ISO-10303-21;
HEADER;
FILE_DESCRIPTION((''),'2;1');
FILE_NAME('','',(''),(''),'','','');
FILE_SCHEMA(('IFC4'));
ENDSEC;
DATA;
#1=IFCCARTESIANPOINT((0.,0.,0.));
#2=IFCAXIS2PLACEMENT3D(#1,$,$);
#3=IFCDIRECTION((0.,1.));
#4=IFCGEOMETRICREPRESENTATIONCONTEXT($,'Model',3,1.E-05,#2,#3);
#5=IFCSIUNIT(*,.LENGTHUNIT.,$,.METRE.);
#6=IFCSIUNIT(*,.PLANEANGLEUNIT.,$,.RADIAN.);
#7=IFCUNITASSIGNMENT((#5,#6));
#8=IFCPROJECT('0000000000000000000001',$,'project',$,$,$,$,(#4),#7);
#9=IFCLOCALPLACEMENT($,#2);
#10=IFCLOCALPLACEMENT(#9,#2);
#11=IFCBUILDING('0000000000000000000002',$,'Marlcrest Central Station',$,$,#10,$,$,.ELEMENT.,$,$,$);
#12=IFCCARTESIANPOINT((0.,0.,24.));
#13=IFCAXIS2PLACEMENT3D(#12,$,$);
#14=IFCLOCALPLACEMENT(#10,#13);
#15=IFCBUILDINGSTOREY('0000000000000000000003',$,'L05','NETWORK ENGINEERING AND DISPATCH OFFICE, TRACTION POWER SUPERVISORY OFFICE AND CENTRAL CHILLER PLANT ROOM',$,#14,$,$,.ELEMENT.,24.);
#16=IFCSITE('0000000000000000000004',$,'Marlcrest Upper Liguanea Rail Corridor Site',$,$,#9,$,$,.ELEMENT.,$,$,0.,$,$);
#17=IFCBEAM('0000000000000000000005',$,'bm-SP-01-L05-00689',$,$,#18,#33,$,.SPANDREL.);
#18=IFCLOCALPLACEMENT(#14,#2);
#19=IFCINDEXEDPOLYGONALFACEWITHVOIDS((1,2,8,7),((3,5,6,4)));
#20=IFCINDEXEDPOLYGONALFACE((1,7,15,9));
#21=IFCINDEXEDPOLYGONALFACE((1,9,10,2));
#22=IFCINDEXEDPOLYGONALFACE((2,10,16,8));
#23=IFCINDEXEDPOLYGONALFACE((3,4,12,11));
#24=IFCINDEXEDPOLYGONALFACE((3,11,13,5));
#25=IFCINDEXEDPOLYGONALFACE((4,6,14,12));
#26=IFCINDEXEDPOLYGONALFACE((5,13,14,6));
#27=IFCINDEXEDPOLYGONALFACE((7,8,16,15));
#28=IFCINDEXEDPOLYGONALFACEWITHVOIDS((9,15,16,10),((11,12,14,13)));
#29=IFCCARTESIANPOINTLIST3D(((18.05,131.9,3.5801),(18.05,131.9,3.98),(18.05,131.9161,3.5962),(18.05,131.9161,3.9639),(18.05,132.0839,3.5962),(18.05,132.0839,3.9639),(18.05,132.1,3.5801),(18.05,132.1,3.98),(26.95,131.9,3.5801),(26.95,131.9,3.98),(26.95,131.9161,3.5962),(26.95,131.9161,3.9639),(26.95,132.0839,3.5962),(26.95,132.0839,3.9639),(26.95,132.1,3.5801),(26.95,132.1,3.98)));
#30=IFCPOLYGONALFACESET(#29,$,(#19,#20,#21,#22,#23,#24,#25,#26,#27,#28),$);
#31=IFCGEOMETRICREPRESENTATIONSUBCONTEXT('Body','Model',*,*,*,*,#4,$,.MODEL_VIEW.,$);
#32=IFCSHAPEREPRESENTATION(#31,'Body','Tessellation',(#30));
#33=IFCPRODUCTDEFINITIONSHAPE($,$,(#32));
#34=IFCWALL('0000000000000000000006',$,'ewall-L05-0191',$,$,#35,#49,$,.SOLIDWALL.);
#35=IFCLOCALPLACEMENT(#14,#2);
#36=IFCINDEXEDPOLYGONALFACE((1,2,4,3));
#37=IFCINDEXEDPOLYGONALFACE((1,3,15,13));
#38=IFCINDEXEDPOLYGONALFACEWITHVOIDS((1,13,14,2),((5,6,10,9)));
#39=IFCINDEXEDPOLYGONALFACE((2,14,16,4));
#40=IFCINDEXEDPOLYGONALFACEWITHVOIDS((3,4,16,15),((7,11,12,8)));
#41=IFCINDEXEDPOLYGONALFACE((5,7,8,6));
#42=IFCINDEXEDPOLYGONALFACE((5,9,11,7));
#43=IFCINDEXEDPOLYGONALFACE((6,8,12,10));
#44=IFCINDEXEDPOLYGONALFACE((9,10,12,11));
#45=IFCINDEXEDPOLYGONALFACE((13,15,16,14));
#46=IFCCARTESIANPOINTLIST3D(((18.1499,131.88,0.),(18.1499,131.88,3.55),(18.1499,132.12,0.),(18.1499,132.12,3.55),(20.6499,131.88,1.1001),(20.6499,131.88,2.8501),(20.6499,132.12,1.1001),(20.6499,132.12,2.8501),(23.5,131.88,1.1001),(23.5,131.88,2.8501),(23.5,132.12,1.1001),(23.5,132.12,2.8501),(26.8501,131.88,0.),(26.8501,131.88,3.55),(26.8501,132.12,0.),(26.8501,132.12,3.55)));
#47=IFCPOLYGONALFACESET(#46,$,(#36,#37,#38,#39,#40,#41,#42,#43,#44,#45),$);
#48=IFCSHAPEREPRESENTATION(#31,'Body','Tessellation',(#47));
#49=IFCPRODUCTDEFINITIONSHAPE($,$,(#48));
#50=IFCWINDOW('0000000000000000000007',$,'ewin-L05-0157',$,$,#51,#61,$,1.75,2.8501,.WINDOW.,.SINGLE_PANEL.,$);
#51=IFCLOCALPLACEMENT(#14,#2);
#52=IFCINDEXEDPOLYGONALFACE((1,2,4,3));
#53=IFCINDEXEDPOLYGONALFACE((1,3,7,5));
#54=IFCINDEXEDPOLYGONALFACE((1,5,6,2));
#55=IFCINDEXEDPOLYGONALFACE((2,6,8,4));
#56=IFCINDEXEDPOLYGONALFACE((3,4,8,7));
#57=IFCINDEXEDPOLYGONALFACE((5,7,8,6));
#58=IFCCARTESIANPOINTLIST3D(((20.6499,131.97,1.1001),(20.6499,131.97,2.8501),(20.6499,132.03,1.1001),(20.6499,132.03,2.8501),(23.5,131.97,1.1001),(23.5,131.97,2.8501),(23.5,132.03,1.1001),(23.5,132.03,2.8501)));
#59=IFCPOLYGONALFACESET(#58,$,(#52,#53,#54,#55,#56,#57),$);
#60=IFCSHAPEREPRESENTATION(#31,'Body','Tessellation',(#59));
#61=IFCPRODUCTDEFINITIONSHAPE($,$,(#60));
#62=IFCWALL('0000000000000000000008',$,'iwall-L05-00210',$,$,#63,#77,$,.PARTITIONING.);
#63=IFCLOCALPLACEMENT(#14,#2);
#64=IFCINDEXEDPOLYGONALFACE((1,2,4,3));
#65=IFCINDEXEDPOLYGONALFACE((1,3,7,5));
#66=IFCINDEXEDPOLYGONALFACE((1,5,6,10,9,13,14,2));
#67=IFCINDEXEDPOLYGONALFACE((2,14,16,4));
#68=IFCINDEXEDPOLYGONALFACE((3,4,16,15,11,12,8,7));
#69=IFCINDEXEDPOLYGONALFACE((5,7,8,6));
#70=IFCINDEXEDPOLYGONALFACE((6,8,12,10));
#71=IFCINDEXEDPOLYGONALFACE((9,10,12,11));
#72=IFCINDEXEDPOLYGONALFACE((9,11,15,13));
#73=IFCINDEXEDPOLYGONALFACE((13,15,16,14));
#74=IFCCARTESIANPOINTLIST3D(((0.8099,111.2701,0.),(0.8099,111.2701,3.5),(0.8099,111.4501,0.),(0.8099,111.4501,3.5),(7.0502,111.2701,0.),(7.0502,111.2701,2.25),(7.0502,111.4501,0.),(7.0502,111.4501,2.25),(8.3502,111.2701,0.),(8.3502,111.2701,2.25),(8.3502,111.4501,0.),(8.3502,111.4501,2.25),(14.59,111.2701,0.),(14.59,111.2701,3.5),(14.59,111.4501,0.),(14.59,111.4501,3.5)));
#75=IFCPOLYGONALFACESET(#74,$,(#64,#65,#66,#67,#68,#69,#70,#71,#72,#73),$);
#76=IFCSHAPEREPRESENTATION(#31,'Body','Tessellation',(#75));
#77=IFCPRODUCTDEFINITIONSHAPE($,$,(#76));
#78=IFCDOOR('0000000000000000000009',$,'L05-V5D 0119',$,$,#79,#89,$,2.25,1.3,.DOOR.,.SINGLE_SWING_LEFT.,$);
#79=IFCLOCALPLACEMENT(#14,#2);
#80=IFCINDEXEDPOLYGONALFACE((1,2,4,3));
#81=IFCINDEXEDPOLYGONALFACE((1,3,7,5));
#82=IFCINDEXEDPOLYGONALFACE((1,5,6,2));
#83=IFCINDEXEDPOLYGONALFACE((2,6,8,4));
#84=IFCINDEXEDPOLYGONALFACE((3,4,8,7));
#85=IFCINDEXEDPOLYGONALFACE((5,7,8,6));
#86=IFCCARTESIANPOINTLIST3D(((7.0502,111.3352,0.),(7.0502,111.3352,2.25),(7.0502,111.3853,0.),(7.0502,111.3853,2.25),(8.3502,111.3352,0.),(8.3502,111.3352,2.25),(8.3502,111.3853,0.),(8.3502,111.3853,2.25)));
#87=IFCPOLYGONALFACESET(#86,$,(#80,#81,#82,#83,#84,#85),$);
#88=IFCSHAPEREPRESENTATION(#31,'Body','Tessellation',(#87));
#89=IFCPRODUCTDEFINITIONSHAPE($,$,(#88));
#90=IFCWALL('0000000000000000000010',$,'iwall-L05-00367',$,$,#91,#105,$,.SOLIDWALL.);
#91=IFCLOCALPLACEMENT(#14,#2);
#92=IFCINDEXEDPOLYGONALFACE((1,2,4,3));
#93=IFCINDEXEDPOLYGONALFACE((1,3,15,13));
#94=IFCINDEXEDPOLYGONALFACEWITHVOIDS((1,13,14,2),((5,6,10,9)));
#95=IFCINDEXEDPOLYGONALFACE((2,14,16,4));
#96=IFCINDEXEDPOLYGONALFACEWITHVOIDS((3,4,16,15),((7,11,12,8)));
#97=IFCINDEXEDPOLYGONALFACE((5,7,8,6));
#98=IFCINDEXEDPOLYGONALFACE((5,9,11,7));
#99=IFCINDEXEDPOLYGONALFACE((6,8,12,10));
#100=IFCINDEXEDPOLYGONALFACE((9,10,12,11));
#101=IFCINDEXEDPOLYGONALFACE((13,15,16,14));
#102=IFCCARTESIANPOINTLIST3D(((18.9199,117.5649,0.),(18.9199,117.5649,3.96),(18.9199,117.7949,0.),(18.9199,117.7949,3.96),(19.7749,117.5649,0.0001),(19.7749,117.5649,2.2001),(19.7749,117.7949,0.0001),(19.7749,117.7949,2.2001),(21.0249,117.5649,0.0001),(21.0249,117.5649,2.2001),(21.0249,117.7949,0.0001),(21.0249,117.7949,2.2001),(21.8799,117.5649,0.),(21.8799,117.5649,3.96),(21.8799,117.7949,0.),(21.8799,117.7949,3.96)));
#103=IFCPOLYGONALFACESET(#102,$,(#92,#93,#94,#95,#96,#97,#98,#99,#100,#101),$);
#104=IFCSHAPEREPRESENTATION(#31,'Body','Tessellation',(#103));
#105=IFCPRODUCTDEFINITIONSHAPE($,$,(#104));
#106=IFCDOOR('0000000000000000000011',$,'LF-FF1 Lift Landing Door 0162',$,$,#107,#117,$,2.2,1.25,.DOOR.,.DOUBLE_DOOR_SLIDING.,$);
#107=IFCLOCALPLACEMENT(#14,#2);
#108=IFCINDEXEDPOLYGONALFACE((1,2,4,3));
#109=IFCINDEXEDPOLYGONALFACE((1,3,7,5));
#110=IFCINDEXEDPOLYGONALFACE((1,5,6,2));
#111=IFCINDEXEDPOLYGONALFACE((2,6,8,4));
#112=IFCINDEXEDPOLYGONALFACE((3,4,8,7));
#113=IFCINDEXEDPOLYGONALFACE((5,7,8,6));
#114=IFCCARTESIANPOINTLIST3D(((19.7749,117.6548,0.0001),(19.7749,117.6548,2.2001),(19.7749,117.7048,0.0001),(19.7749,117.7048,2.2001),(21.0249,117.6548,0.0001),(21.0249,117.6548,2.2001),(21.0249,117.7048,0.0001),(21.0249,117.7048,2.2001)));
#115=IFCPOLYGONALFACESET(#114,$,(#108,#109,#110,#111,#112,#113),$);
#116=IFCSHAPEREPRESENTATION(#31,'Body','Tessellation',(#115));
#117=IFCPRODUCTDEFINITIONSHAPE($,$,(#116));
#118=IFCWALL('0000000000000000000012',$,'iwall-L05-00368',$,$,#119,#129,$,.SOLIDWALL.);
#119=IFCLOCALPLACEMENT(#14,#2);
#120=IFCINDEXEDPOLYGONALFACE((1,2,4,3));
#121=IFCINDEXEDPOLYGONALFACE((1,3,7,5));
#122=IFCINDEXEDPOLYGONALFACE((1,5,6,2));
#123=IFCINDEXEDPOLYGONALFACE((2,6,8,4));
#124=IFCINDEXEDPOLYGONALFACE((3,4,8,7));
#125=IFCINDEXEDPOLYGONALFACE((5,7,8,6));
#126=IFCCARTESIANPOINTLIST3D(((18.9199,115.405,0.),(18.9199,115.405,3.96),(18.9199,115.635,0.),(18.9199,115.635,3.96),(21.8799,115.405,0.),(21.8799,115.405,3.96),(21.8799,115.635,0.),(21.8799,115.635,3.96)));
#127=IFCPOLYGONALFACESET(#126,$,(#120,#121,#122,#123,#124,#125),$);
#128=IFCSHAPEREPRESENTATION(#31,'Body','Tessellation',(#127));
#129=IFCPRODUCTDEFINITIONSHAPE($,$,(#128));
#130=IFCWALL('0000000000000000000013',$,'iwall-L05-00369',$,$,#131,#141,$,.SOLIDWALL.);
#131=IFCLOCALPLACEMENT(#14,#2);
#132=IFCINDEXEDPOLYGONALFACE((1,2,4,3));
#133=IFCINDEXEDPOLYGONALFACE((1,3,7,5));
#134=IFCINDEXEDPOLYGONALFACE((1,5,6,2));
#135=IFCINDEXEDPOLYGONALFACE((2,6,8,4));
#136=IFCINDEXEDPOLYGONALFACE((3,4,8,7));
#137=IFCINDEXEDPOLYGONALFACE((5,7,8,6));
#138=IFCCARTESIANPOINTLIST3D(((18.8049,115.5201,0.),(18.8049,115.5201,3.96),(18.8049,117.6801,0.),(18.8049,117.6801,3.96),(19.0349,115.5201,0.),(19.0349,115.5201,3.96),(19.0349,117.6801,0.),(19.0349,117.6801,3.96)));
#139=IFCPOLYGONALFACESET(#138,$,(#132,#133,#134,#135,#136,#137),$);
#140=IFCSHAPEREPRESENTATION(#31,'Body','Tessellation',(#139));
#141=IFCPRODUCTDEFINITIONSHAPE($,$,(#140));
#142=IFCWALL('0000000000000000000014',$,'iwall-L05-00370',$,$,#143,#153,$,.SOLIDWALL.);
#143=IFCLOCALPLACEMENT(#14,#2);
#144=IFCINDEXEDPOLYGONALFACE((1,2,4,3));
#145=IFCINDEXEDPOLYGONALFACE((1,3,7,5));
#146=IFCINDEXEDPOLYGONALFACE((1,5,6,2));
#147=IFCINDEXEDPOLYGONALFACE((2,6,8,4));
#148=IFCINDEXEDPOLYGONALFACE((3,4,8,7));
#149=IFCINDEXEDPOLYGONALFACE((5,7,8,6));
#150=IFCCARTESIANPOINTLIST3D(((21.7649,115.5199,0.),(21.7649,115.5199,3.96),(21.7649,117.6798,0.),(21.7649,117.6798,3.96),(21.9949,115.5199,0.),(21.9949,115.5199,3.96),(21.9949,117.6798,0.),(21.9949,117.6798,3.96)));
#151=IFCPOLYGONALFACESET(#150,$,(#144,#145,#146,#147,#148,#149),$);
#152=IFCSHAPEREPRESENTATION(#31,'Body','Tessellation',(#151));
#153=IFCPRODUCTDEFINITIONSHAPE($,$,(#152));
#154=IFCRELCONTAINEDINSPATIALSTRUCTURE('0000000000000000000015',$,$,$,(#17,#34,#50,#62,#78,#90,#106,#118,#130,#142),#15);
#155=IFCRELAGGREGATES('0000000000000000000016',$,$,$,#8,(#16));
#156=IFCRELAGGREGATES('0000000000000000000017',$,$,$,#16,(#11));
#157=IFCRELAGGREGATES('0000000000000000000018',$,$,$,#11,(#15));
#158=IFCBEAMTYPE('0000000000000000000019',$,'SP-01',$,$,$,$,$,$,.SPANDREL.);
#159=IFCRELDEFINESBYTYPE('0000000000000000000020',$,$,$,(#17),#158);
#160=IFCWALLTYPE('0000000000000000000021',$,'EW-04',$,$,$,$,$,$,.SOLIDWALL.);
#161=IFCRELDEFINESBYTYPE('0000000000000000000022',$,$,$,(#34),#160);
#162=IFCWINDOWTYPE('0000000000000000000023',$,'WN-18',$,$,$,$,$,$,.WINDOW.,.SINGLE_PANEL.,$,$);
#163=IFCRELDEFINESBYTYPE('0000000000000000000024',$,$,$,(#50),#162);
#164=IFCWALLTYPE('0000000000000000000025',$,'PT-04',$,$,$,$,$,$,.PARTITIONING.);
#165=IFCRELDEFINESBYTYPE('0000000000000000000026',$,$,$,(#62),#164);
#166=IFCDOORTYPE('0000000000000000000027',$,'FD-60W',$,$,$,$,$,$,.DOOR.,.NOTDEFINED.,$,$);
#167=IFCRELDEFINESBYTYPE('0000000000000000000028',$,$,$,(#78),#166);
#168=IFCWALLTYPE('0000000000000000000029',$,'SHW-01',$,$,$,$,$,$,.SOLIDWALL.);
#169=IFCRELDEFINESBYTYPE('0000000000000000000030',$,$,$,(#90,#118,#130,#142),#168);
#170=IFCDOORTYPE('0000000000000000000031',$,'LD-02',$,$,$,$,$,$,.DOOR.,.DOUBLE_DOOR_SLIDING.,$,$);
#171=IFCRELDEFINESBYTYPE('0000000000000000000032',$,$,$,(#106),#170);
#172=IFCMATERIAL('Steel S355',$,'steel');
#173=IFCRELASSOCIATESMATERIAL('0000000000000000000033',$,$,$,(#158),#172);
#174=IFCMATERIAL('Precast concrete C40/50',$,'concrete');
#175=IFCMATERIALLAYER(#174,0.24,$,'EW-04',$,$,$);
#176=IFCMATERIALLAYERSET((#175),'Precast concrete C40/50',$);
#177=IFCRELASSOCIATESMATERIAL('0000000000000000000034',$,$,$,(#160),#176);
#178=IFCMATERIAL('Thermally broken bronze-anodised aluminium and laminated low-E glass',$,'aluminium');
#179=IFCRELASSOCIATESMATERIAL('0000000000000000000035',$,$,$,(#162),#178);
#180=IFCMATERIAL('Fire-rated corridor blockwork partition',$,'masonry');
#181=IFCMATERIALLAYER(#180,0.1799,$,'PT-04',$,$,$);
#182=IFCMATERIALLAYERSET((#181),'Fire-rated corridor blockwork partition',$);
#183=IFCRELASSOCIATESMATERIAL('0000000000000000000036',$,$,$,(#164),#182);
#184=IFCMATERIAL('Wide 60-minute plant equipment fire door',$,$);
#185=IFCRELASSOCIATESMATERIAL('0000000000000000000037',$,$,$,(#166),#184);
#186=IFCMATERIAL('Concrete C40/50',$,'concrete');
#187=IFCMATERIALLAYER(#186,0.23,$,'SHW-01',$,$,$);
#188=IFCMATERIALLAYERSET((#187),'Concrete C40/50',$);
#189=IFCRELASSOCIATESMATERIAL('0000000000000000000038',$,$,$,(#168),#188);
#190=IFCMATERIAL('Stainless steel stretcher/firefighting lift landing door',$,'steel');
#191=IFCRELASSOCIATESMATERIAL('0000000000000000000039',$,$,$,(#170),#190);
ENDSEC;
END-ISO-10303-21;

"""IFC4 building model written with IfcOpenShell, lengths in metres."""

from ifc_helpers import new_model, si_unit, direction, frame, frame_2d, origin, origin_2d, place, context, subcontext, project, spatial, rectangle, hollow_rectangle, extrude, material, layer, layer_set, material_profile, profile_set, type_object, element, fill, save


model = new_model("IFC4")

# Units and contexts
model_context = context("Model", 3, precision=1e-05, world=origin(), true_north=direction((0.0, 1.0)))
body_context = subcontext(model_context, "Body", "Model", "MODEL_VIEW")
ifc_project = project(units=[si_unit("LENGTHUNIT", "METRE"), si_unit("PLANEANGLEUNIT", "RADIAN")], contexts=[model_context])

# Site, building, storey
site_placement = place(None, origin())
site = spatial("IfcSite", under=ifc_project, at=site_placement, Name="Marlcrest Upper Liguanea Rail Corridor Site", CompositionType="ELEMENT", RefElevation=0.0)
building_placement = place(site_placement, origin())
building = spatial("IfcBuilding", under=site, at=building_placement, Name="Marlcrest Central Station", CompositionType="ELEMENT")
storey_placement = place(building_placement, frame((0.0, 0.0, 24.0)))
storey = spatial("IfcBuildingStorey", under=building, at=storey_placement, Name="L05", Description="NETWORK ENGINEERING AND DISPATCH OFFICE, TRACTION POWER SUPERVISORY OFFICE AND CENTRAL CHILLER PLANT ROOM", CompositionType="ELEMENT", Elevation=24.0)

# Shared definitions
ifc_material_1 = material(Name="Steel S355", Category="steel")

# Beam
ifc_material_profile_1 = material_profile(ifc_material_1, hollow_rectangle(XDim=0.2, YDim=0.3999, WallThickness=0.0161, at=origin_2d()), Name="RHS 400x200x16")
ifc_profile_set_1 = profile_set([ifc_material_profile_1], Name="Steel S355")
beam_type_1 = type_object("IfcBeamType", Name="SP-01", PredefinedType="SPANDREL", material=ifc_profile_set_1)
beam_1_placement = place(storey_placement, frame((18.05, 132.0, 3.78), z_axis=(1.0, 0.0, 0.0), x_axis=(0.0, 1.0, 0.0)))
element("IfcBeam", 1, at=beam_1_placement, inside=storey, type_object=beam_type_1, Name="bm-SP-01-L05-00689", PredefinedType="SPANDREL", context=body_context, shape_type="SweptSolid", body=[
    extrude(hollow_rectangle(XDim=0.2, YDim=0.3999, WallThickness=0.0161, at=origin_2d()), origin(), (0.0, 0.0, 1.0), 8.8999),
])

# Wall, opening, window
ifc_material_2 = material(Name="Precast concrete C40/50", Category="concrete")
ifc_layer_1 = layer(ifc_material_2, 0.24, Name="EW-04")
ifc_layer_set_1 = layer_set([ifc_layer_1], Name="Precast concrete C40/50")
wall_type_1 = type_object("IfcWallType", Name="EW-04", PredefinedType="SOLIDWALL", material=ifc_layer_set_1)
wall_1_placement = place(storey_placement, frame((18.1499, 132.0, 0.0), z_axis=(0.0, 0.0, 1.0), x_axis=(1.0, 0.0, 0.0)))
wall_1 = element("IfcWall", 2, at=wall_1_placement, inside=storey, type_object=wall_type_1, Name="ewall-L05-0191", PredefinedType="SOLIDWALL", context=body_context, shape_type="SweptSolid", body=[
    extrude(rectangle(XDim=8.7002, YDim=0.24, at=frame_2d((4.3501, 0.0))), origin(), (0.0, 0.0, 1.0), 3.55),
])
opening_1_placement = place(wall_1_placement, frame((2.5, 0.0, 1.1001)))
opening_1 = element("IfcOpeningElement", 3, at=opening_1_placement, cuts=wall_1, PredefinedType="OPENING", context=body_context, shape_type="SweptSolid", body=[
    extrude(rectangle(XDim=2.8501, YDim=1.75, at=frame_2d((1.425, 0.875))), frame((0.0, 0.1299, 0.0), z_axis=(0.0, -1.0, 0.0), x_axis=(1.0, 0.0, 0.0)), (0.0, 0.0, 1.0), 0.26),
])
ifc_material_3 = material(Name="Thermally broken bronze-anodised aluminium and laminated low-E glass", Category="aluminium")
window_type = type_object("IfcWindowType", Name="WN-18", PartitioningType="SINGLE_PANEL", PredefinedType="WINDOW", material=ifc_material_3)
window_placement = place(opening_1_placement, origin())
window = element("IfcWindow", 4, at=window_placement, inside=storey, type_object=window_type, Name="ewin-L05-0157", OverallHeight=1.75, OverallWidth=2.8501, PartitioningType="SINGLE_PANEL", PredefinedType="WINDOW", context=body_context, shape_type="SweptSolid", body=[
    extrude(rectangle(XDim=2.8501, YDim=1.75, at=frame_2d((1.425, 0.875))), frame((0.0, 0.03, 0.0), z_axis=(0.0, -1.0, 0.0), x_axis=(1.0, 0.0, 0.0)), (0.0, 0.0, 1.0), 0.0601),
])
fill(opening_1, window)

# Walls, openings, doors
ifc_material_4 = material(Name="Fire-rated corridor blockwork partition", Category="masonry")
ifc_layer_2 = layer(ifc_material_4, 0.1799, Name="PT-04")
ifc_layer_set_2 = layer_set([ifc_layer_2], Name="Fire-rated corridor blockwork partition")
wall_type_2 = type_object("IfcWallType", Name="PT-04", PredefinedType="PARTITIONING", material=ifc_layer_set_2)
wall_2_placement = place(storey_placement, frame((14.5901, 111.3601, 0.0), z_axis=(0.0, 0.0, 1.0), x_axis=(-1.0, 0.0, 0.0)))
wall_2 = element("IfcWall", 5, at=wall_2_placement, inside=storey, type_object=wall_type_2, Name="iwall-L05-00210", PredefinedType="PARTITIONING", context=body_context, shape_type="SweptSolid", body=[
    extrude(rectangle(XDim=13.78, YDim=0.1799, at=frame_2d((6.8901, 0.0))), origin(), (0.0, 0.0, 1.0), 3.5),
])
opening_2_placement = place(wall_2_placement, frame((6.24, 0.0, 0.0)))
opening_2 = element("IfcOpeningElement", 6, at=opening_2_placement, cuts=wall_2, PredefinedType="OPENING", context=body_context, shape_type="SweptSolid", body=[
    extrude(rectangle(XDim=1.3, YDim=2.25, at=frame_2d((0.6499, 1.125))), frame((0.0, 0.0999, 0.0), z_axis=(0.0, -1.0, 0.0), x_axis=(1.0, 0.0, 0.0)), (0.0, 0.0, 1.0), 0.2),
])
ifc_material_5 = material(Name="Wide 60-minute plant equipment fire door")
door_type_1 = type_object("IfcDoorType", Name="FD-60W", OperationType="NOTDEFINED", PredefinedType="DOOR", material=ifc_material_5)
door_1_placement = place(opening_2_placement, origin())
door_1 = element("IfcDoor", 7, at=door_1_placement, inside=storey, type_object=door_type_1, Name="L05-V5D 0119", OperationType="SINGLE_SWING_LEFT", OverallHeight=2.25, OverallWidth=1.3, PredefinedType="DOOR", context=body_context, shape_type="SweptSolid", body=[
    extrude(rectangle(XDim=1.3, YDim=2.25, at=frame_2d((0.6499, 1.125))), frame((0.0, 0.0249, 0.0), z_axis=(0.0, -1.0, 0.0), x_axis=(1.0, 0.0, 0.0)), (0.0, 0.0, 1.0), 0.05),
])
fill(opening_2, door_1)
ifc_material_6 = material(Name="Concrete C40/50", Category="concrete")
ifc_layer_3 = layer(ifc_material_6, 0.23, Name="SHW-01")
ifc_layer_set_3 = layer_set([ifc_layer_3], Name="Concrete C40/50")
wall_type_3 = type_object("IfcWallType", Name="SHW-01", PredefinedType="SOLIDWALL", material=ifc_layer_set_3)
wall_3_placement = place(storey_placement, frame((18.9199, 117.6799, 0.0), z_axis=(0.0, 0.0, 1.0), x_axis=(1.0, 0.0, 0.0)))
wall_3 = element("IfcWall", 8, at=wall_3_placement, inside=storey, type_object=wall_type_3, Name="iwall-L05-00367", PredefinedType="SOLIDWALL", context=body_context, shape_type="SweptSolid", body=[
    extrude(rectangle(XDim=2.96, YDim=0.23, at=frame_2d((1.48, 0.0))), origin(), (0.0, 0.0, 1.0), 3.96),
])
opening_3_placement = place(wall_3_placement, frame((0.855, 0.0, 0.0)))
opening_3 = element("IfcOpeningElement", 9, at=opening_3_placement, cuts=wall_3, PredefinedType="OPENING", context=body_context, shape_type="SweptSolid", body=[
    extrude(rectangle(XDim=1.25, YDim=2.2, at=frame_2d((0.625, 1.1001))), frame((0.0, 0.125, 0.0), z_axis=(0.0, -1.0, 0.0), x_axis=(1.0, 0.0, 0.0)), (0.0, 0.0, 1.0), 0.25),
])
ifc_material_7 = material(Name="Stainless steel stretcher/firefighting lift landing door", Category="steel")
door_type_2 = type_object("IfcDoorType", Name="LD-02", OperationType="DOUBLE_DOOR_SLIDING", PredefinedType="DOOR", material=ifc_material_7)
door_2_placement = place(opening_3_placement, origin())
door_2 = element("IfcDoor", 10, at=door_2_placement, inside=storey, type_object=door_type_2, Name="LF-FF1 Lift Landing Door 0162", OperationType="DOUBLE_DOOR_SLIDING", OverallHeight=2.2, OverallWidth=1.25, PredefinedType="DOOR", context=body_context, shape_type="SweptSolid", body=[
    extrude(rectangle(XDim=1.25, YDim=2.2, at=frame_2d((0.625, 1.1001))), frame((0.0, 0.0249, 0.0), z_axis=(0.0, -1.0, 0.0), x_axis=(1.0, 0.0, 0.0)), (0.0, 0.0, 1.0), 0.05),
])
fill(opening_3, door_2)

# Walls
wall_4_placement = place(storey_placement, frame((21.8799, 115.52, 0.0), z_axis=(0.0, 0.0, 1.0), x_axis=(-1.0, 0.0, 0.0)))
element("IfcWall", 11, at=wall_4_placement, inside=storey, type_object=wall_type_3, Name="iwall-L05-00368", PredefinedType="SOLIDWALL", context=body_context, shape_type="SweptSolid", body=[
    extrude(rectangle(XDim=2.96, YDim=0.23, at=frame_2d((1.48, 0.0))), origin(), (0.0, 0.0, 1.0), 3.96),
])
for number, where, z_axis, x_axis, name in (
    (12, (18.9199, 115.52, 0.0), (0.0, 0.0, 1.0), (0.0, 1.0, 0.0), "iwall-L05-00369"),
    (13, (21.8799, 117.6799, 0.0), (0.0, 0.0, 1.0), (0.0, -1.0, 0.0), "iwall-L05-00370"),
):
    element("IfcWall", number, at=place(storey_placement, frame(where, z_axis=z_axis, x_axis=x_axis)), inside=storey, type_object=wall_type_3, Name=name, PredefinedType="SOLIDWALL", context=body_context, shape_type="SweptSolid", body=[
        extrude(rectangle(XDim=2.1599, YDim=0.23, at=frame_2d((1.0801, 0.0))), origin(), (0.0, 0.0, 1.0), 3.96),
    ])

save(model, "model.ifc")
